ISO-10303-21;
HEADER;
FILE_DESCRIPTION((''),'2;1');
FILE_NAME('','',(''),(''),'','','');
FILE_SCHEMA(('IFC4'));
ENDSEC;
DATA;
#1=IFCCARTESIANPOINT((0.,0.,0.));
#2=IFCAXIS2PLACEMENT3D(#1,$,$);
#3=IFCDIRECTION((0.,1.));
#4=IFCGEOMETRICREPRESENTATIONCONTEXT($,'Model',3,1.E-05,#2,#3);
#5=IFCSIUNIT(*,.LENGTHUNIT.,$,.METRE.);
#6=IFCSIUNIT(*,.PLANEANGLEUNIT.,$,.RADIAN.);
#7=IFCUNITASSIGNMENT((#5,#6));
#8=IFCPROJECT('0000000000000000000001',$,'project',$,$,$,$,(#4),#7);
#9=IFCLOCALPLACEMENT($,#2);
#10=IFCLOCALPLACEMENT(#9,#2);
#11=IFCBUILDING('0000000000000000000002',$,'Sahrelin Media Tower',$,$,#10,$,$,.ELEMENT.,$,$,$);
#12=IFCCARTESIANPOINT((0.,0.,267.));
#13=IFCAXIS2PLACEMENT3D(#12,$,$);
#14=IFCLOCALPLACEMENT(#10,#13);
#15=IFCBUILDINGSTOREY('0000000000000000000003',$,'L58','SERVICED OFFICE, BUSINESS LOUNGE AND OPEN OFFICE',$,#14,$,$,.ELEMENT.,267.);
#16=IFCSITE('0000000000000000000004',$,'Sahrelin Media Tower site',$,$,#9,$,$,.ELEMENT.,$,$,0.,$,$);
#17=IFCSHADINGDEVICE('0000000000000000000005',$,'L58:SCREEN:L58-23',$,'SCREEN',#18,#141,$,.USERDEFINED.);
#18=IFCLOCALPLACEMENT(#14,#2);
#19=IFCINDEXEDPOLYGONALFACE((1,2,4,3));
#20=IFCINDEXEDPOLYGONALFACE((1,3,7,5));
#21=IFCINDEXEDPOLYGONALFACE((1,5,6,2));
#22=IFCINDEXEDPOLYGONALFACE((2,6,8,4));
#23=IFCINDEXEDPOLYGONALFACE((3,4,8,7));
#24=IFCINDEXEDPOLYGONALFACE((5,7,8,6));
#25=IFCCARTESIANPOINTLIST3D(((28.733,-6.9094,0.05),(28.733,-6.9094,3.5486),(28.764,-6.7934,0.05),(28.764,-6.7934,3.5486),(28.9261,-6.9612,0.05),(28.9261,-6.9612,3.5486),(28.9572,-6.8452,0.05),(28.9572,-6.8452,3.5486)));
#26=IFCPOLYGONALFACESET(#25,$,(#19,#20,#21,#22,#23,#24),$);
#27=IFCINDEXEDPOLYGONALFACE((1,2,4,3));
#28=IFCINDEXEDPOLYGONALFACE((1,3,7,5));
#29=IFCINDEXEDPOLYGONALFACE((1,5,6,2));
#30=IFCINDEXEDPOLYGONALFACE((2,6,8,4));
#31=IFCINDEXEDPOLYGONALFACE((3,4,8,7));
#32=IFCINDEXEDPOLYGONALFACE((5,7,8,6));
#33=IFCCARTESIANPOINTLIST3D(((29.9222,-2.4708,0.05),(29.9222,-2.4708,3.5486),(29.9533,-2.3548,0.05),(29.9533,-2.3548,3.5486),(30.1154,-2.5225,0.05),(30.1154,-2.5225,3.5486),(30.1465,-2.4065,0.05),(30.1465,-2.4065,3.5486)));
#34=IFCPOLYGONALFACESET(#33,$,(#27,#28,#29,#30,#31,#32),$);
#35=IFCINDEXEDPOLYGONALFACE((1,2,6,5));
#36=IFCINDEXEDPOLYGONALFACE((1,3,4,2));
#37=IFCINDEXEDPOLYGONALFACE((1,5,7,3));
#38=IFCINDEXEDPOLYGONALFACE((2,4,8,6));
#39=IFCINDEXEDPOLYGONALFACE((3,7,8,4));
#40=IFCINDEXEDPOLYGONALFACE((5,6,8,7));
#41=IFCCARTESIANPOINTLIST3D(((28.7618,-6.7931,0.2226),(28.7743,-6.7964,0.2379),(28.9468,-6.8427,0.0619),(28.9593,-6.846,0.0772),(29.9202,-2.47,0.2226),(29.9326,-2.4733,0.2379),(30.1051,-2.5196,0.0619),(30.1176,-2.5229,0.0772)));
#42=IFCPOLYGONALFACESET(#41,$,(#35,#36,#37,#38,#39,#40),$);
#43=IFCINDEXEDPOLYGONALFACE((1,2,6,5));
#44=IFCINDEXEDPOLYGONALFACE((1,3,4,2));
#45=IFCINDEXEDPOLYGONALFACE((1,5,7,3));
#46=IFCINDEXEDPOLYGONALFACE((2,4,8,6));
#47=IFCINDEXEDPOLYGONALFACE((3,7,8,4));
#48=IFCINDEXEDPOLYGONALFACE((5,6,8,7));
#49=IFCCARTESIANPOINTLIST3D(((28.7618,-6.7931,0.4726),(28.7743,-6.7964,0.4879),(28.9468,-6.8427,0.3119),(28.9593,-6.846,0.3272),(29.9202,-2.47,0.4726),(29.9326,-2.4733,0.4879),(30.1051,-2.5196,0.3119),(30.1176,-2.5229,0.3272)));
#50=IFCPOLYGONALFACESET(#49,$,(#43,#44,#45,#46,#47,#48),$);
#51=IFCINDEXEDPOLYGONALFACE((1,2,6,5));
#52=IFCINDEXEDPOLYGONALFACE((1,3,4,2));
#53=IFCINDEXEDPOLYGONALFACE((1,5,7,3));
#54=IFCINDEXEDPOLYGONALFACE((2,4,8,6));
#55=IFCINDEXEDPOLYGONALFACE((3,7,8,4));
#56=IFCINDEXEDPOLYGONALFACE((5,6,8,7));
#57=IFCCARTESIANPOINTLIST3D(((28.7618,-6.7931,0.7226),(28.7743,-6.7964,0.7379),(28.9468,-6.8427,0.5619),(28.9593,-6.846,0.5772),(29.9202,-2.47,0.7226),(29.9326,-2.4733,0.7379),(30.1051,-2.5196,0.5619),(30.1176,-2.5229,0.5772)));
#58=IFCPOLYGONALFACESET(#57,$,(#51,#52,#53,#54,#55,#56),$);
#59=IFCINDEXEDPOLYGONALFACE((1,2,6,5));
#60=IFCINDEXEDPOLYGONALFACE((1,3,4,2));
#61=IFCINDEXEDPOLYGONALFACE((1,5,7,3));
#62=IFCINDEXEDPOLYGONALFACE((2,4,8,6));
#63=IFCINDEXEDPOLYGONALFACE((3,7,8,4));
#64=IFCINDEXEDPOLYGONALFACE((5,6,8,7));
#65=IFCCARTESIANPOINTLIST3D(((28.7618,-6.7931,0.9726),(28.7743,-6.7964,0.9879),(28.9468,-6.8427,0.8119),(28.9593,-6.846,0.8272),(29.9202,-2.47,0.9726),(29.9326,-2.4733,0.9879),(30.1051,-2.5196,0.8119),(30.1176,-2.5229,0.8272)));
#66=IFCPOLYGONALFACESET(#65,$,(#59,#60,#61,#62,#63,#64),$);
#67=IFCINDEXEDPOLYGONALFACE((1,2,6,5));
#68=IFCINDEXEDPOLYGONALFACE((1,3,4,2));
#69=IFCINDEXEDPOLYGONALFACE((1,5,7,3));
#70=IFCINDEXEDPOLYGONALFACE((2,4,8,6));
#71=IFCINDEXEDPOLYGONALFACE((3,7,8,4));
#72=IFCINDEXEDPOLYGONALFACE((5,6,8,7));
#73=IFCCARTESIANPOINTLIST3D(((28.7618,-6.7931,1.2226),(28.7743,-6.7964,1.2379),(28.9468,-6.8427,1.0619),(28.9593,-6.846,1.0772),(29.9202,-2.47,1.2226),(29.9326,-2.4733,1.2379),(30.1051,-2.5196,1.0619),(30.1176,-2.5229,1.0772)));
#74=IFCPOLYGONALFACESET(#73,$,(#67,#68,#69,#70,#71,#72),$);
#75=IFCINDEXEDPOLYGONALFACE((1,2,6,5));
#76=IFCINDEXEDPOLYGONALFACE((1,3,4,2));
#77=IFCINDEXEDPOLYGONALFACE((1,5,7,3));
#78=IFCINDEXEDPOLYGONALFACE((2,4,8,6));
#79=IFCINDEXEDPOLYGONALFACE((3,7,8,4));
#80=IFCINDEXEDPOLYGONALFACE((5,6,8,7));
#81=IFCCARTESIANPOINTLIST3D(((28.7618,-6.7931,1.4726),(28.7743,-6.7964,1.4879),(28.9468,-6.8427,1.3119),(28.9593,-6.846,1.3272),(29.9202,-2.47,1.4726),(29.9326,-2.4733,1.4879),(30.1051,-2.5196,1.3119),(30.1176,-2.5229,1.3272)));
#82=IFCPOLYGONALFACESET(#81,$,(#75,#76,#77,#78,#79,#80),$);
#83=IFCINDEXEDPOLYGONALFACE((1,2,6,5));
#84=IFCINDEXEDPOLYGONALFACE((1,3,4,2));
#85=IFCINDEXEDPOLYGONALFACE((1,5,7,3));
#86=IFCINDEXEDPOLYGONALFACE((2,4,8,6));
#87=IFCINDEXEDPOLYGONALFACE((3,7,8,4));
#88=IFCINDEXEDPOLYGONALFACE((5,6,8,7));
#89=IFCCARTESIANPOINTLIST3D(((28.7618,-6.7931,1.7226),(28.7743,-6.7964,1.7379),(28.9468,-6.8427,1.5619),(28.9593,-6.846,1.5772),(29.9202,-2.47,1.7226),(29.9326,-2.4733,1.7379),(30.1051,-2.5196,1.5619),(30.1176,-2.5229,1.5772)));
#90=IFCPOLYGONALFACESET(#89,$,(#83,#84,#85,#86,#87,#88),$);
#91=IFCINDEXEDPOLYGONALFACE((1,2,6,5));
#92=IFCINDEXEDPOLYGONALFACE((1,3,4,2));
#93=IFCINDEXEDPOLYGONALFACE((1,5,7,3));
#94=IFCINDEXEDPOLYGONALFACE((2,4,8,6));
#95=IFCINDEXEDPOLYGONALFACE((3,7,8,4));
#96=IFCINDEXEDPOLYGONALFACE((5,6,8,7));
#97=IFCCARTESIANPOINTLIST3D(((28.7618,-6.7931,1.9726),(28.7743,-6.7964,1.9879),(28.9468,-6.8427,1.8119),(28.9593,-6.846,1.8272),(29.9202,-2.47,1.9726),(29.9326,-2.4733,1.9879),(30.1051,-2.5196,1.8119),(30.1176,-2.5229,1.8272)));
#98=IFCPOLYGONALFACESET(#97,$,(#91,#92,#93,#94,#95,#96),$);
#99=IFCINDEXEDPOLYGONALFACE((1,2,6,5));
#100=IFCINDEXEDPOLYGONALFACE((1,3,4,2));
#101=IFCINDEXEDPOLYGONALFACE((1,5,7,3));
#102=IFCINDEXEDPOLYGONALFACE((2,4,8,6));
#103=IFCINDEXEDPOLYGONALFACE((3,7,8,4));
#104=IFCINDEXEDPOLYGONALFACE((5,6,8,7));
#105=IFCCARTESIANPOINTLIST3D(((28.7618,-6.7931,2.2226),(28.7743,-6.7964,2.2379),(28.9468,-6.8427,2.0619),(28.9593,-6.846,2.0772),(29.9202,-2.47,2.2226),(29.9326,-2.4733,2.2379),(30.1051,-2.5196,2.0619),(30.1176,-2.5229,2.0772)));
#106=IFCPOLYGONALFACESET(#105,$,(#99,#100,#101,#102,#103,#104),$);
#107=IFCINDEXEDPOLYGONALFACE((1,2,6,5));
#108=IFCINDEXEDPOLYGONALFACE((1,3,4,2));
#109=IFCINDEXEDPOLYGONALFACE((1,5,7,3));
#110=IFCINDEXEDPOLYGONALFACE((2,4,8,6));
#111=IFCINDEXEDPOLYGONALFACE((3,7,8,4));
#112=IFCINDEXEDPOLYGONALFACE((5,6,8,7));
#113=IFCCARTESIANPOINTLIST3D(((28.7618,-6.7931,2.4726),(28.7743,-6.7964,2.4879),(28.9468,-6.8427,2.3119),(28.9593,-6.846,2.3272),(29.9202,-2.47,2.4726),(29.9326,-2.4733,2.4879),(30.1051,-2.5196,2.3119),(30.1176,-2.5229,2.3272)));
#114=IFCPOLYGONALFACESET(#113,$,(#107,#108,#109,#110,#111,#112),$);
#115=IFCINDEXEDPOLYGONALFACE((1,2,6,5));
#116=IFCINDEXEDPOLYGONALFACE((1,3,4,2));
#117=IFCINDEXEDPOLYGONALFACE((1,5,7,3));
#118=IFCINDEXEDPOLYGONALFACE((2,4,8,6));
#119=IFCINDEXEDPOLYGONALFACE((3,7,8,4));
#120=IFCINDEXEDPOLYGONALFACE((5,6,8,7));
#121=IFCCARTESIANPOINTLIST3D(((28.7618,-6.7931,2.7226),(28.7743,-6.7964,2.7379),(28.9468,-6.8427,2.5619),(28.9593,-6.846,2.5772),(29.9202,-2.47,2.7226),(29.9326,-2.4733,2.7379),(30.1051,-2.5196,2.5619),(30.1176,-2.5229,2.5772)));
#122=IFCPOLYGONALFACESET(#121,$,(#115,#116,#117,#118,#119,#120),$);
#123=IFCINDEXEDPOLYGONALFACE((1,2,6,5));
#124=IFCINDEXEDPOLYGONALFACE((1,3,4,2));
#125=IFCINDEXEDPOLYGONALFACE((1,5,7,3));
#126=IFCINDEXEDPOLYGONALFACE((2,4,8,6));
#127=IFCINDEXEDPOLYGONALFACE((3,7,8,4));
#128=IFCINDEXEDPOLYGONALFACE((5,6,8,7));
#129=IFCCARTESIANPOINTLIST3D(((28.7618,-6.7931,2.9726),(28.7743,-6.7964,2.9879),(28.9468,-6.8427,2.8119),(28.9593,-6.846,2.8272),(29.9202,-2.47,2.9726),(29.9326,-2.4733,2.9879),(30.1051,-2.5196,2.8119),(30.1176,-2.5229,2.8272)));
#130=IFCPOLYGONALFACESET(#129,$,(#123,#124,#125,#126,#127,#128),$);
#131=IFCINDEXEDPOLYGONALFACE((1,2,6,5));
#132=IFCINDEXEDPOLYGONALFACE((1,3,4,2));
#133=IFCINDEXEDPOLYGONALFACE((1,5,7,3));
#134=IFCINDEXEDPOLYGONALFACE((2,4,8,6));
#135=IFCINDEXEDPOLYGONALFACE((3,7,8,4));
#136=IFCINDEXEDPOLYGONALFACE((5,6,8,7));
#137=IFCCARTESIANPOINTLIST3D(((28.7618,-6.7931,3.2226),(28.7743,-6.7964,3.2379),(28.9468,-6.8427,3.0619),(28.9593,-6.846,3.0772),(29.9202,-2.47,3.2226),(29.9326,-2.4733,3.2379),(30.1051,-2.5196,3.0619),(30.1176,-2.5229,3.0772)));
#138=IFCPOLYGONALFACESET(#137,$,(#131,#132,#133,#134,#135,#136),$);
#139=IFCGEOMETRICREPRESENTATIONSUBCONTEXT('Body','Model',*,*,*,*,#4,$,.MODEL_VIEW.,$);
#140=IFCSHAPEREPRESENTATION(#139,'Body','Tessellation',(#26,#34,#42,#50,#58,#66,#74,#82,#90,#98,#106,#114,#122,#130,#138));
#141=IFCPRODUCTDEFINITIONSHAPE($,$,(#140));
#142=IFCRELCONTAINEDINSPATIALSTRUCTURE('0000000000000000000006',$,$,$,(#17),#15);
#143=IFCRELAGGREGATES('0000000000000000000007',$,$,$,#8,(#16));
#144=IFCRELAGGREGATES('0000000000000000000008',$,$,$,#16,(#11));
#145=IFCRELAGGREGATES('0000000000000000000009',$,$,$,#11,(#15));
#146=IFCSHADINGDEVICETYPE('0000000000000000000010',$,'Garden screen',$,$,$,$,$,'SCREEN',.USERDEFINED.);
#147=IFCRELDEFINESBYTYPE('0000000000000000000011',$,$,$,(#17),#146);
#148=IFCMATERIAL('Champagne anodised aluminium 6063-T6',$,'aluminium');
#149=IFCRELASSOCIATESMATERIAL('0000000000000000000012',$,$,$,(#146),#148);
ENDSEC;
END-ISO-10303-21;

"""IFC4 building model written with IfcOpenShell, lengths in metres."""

from ifc_helpers import new_model, si_unit, direction, frame, origin, origin_2d, place, context, subcontext, project, spatial, rectangle, extrude, material, type_object, element, save


model = new_model("IFC4")

# Units and contexts
model_context = context("Model", 3, precision=1e-05, world=origin(), true_north=direction((0.0, 1.0)))
body_context = subcontext(model_context, "Body", "Model", "MODEL_VIEW")
ifc_project = project(units=[si_unit("LENGTHUNIT", "METRE"), si_unit("PLANEANGLEUNIT", "RADIAN")], contexts=[model_context])

# Site, building, storey
site_placement = place(None, origin())
site = spatial("IfcSite", under=ifc_project, at=site_placement, Name="Sahrelin Media Tower site", CompositionType="ELEMENT", RefElevation=0.0)
building_placement = place(site_placement, origin())
building = spatial("IfcBuilding", under=site, at=building_placement, Name="Sahrelin Media Tower", CompositionType="ELEMENT")
storey_placement = place(building_placement, frame((0.0, 0.0, 267.0)))
storey = spatial("IfcBuildingStorey", under=building, at=storey_placement, Name="L58", Description="SERVICED OFFICE, BUSINESS LOUNGE AND OPEN OFFICE", CompositionType="ELEMENT", Elevation=267.0)

# Shared definitions
ifc_material_1 = material(Name="Champagne anodised aluminium 6063-T6", Category="aluminium")

# Shading device
shading_device_type_1 = type_object("IfcShadingDeviceType", Name="Garden screen", ElementType="SCREEN", PredefinedType="USERDEFINED", material=ifc_material_1)
shading_device_1_placement = place(storey_placement, frame((29.343, -4.6321, 0.0), z_axis=(0.0, 0.0, 1.0), x_axis=(-0.258808, -0.965929, 0.0)))
element("IfcShadingDevice", 1, at=shading_device_1_placement, inside=storey, type_object=shading_device_type_1, Name="L58:SCREEN:L58-23", ObjectType="SCREEN", PredefinedType="USERDEFINED", context=body_context, shape_type="SweptSolid", body=[
    extrude(rectangle(XDim=0.1201, YDim=0.2, at=origin_2d()), frame((2.2976, 0.1001, 0.05), z_axis=(0.0, 0.0, 1.0), x_axis=(1.0, 0.0, 0.0)), (0.0, 0.0, 1.0), 3.4985),
    extrude(rectangle(XDim=0.1201, YDim=0.2, at=origin_2d()), frame((-2.2976, 0.1001, 0.05), z_axis=(0.0, 0.0, 1.0), x_axis=(1.0, 0.0, 0.0)), (0.0, 0.0, 1.0), 3.4985),
    extrude(rectangle(XDim=0.25, YDim=0.02, at=origin_2d()), frame((2.2378, 0.1001, 0.1499), z_axis=(-1.0, 0.0, 0.0), x_axis=(0.0, -0.766044, 0.642788)), (0.0, 0.0, 1.0), 4.4756),
    extrude(rectangle(XDim=0.25, YDim=0.02, at=origin_2d()), frame((2.2378, 0.1001, 0.3999), z_axis=(-1.0, 0.0, 0.0), x_axis=(0.0, -0.766044, 0.642788)), (0.0, 0.0, 1.0), 4.4756),
    extrude(rectangle(XDim=0.25, YDim=0.02, at=origin_2d()), frame((2.2378, 0.1001, 0.6499), z_axis=(-1.0, 0.0, 0.0), x_axis=(0.0, -0.766044, 0.642788)), (0.0, 0.0, 1.0), 4.4756),
    extrude(rectangle(XDim=0.25, YDim=0.02, at=origin_2d()), frame((2.2378, 0.1001, 0.8999), z_axis=(-1.0, 0.0, 0.0), x_axis=(0.0, -0.766044, 0.642788)), (0.0, 0.0, 1.0), 4.4756),
    extrude(rectangle(XDim=0.25, YDim=0.02, at=origin_2d()), frame((2.2378, 0.1001, 1.1499), z_axis=(-1.0, 0.0, 0.0), x_axis=(0.0, -0.766044, 0.642788)), (0.0, 0.0, 1.0), 4.4756),
    extrude(rectangle(XDim=0.25, YDim=0.02, at=origin_2d()), frame((2.2378, 0.1001, 1.3999), z_axis=(-1.0, 0.0, 0.0), x_axis=(0.0, -0.766044, 0.642788)), (0.0, 0.0, 1.0), 4.4756),
    extrude(rectangle(XDim=0.25, YDim=0.02, at=origin_2d()), frame((2.2378, 0.1001, 1.6499), z_axis=(-1.0, 0.0, 0.0), x_axis=(0.0, -0.766044, 0.642788)), (0.0, 0.0, 1.0), 4.4756),
    extrude(rectangle(XDim=0.25, YDim=0.02, at=origin_2d()), frame((2.2378, 0.1001, 1.8999), z_axis=(-1.0, 0.0, 0.0), x_axis=(0.0, -0.766044, 0.642788)), (0.0, 0.0, 1.0), 4.4756),
    extrude(rectangle(XDim=0.25, YDim=0.02, at=origin_2d()), frame((2.2378, 0.1001, 2.1499), z_axis=(-1.0, 0.0, 0.0), x_axis=(0.0, -0.766044, 0.642788)), (0.0, 0.0, 1.0), 4.4756),
    extrude(rectangle(XDim=0.25, YDim=0.02, at=origin_2d()), frame((2.2378, 0.1001, 2.3999), z_axis=(-1.0, 0.0, 0.0), x_axis=(0.0, -0.766044, 0.642788)), (0.0, 0.0, 1.0), 4.4756),
    extrude(rectangle(XDim=0.25, YDim=0.02, at=origin_2d()), frame((2.2378, 0.1001, 2.6499), z_axis=(-1.0, 0.0, 0.0), x_axis=(0.0, -0.766044, 0.642788)), (0.0, 0.0, 1.0), 4.4756),
    extrude(rectangle(XDim=0.25, YDim=0.02, at=origin_2d()), frame((2.2378, 0.1001, 2.8999), z_axis=(-1.0, 0.0, 0.0), x_axis=(0.0, -0.766044, 0.642788)), (0.0, 0.0, 1.0), 4.4756),
    extrude(rectangle(XDim=0.25, YDim=0.02, at=origin_2d()), frame((2.2378, 0.1001, 3.1499), z_axis=(-1.0, 0.0, 0.0), x_axis=(0.0, -0.766044, 0.642788)), (0.0, 0.0, 1.0), 4.4756),
])

save(model, "model.ifc")
